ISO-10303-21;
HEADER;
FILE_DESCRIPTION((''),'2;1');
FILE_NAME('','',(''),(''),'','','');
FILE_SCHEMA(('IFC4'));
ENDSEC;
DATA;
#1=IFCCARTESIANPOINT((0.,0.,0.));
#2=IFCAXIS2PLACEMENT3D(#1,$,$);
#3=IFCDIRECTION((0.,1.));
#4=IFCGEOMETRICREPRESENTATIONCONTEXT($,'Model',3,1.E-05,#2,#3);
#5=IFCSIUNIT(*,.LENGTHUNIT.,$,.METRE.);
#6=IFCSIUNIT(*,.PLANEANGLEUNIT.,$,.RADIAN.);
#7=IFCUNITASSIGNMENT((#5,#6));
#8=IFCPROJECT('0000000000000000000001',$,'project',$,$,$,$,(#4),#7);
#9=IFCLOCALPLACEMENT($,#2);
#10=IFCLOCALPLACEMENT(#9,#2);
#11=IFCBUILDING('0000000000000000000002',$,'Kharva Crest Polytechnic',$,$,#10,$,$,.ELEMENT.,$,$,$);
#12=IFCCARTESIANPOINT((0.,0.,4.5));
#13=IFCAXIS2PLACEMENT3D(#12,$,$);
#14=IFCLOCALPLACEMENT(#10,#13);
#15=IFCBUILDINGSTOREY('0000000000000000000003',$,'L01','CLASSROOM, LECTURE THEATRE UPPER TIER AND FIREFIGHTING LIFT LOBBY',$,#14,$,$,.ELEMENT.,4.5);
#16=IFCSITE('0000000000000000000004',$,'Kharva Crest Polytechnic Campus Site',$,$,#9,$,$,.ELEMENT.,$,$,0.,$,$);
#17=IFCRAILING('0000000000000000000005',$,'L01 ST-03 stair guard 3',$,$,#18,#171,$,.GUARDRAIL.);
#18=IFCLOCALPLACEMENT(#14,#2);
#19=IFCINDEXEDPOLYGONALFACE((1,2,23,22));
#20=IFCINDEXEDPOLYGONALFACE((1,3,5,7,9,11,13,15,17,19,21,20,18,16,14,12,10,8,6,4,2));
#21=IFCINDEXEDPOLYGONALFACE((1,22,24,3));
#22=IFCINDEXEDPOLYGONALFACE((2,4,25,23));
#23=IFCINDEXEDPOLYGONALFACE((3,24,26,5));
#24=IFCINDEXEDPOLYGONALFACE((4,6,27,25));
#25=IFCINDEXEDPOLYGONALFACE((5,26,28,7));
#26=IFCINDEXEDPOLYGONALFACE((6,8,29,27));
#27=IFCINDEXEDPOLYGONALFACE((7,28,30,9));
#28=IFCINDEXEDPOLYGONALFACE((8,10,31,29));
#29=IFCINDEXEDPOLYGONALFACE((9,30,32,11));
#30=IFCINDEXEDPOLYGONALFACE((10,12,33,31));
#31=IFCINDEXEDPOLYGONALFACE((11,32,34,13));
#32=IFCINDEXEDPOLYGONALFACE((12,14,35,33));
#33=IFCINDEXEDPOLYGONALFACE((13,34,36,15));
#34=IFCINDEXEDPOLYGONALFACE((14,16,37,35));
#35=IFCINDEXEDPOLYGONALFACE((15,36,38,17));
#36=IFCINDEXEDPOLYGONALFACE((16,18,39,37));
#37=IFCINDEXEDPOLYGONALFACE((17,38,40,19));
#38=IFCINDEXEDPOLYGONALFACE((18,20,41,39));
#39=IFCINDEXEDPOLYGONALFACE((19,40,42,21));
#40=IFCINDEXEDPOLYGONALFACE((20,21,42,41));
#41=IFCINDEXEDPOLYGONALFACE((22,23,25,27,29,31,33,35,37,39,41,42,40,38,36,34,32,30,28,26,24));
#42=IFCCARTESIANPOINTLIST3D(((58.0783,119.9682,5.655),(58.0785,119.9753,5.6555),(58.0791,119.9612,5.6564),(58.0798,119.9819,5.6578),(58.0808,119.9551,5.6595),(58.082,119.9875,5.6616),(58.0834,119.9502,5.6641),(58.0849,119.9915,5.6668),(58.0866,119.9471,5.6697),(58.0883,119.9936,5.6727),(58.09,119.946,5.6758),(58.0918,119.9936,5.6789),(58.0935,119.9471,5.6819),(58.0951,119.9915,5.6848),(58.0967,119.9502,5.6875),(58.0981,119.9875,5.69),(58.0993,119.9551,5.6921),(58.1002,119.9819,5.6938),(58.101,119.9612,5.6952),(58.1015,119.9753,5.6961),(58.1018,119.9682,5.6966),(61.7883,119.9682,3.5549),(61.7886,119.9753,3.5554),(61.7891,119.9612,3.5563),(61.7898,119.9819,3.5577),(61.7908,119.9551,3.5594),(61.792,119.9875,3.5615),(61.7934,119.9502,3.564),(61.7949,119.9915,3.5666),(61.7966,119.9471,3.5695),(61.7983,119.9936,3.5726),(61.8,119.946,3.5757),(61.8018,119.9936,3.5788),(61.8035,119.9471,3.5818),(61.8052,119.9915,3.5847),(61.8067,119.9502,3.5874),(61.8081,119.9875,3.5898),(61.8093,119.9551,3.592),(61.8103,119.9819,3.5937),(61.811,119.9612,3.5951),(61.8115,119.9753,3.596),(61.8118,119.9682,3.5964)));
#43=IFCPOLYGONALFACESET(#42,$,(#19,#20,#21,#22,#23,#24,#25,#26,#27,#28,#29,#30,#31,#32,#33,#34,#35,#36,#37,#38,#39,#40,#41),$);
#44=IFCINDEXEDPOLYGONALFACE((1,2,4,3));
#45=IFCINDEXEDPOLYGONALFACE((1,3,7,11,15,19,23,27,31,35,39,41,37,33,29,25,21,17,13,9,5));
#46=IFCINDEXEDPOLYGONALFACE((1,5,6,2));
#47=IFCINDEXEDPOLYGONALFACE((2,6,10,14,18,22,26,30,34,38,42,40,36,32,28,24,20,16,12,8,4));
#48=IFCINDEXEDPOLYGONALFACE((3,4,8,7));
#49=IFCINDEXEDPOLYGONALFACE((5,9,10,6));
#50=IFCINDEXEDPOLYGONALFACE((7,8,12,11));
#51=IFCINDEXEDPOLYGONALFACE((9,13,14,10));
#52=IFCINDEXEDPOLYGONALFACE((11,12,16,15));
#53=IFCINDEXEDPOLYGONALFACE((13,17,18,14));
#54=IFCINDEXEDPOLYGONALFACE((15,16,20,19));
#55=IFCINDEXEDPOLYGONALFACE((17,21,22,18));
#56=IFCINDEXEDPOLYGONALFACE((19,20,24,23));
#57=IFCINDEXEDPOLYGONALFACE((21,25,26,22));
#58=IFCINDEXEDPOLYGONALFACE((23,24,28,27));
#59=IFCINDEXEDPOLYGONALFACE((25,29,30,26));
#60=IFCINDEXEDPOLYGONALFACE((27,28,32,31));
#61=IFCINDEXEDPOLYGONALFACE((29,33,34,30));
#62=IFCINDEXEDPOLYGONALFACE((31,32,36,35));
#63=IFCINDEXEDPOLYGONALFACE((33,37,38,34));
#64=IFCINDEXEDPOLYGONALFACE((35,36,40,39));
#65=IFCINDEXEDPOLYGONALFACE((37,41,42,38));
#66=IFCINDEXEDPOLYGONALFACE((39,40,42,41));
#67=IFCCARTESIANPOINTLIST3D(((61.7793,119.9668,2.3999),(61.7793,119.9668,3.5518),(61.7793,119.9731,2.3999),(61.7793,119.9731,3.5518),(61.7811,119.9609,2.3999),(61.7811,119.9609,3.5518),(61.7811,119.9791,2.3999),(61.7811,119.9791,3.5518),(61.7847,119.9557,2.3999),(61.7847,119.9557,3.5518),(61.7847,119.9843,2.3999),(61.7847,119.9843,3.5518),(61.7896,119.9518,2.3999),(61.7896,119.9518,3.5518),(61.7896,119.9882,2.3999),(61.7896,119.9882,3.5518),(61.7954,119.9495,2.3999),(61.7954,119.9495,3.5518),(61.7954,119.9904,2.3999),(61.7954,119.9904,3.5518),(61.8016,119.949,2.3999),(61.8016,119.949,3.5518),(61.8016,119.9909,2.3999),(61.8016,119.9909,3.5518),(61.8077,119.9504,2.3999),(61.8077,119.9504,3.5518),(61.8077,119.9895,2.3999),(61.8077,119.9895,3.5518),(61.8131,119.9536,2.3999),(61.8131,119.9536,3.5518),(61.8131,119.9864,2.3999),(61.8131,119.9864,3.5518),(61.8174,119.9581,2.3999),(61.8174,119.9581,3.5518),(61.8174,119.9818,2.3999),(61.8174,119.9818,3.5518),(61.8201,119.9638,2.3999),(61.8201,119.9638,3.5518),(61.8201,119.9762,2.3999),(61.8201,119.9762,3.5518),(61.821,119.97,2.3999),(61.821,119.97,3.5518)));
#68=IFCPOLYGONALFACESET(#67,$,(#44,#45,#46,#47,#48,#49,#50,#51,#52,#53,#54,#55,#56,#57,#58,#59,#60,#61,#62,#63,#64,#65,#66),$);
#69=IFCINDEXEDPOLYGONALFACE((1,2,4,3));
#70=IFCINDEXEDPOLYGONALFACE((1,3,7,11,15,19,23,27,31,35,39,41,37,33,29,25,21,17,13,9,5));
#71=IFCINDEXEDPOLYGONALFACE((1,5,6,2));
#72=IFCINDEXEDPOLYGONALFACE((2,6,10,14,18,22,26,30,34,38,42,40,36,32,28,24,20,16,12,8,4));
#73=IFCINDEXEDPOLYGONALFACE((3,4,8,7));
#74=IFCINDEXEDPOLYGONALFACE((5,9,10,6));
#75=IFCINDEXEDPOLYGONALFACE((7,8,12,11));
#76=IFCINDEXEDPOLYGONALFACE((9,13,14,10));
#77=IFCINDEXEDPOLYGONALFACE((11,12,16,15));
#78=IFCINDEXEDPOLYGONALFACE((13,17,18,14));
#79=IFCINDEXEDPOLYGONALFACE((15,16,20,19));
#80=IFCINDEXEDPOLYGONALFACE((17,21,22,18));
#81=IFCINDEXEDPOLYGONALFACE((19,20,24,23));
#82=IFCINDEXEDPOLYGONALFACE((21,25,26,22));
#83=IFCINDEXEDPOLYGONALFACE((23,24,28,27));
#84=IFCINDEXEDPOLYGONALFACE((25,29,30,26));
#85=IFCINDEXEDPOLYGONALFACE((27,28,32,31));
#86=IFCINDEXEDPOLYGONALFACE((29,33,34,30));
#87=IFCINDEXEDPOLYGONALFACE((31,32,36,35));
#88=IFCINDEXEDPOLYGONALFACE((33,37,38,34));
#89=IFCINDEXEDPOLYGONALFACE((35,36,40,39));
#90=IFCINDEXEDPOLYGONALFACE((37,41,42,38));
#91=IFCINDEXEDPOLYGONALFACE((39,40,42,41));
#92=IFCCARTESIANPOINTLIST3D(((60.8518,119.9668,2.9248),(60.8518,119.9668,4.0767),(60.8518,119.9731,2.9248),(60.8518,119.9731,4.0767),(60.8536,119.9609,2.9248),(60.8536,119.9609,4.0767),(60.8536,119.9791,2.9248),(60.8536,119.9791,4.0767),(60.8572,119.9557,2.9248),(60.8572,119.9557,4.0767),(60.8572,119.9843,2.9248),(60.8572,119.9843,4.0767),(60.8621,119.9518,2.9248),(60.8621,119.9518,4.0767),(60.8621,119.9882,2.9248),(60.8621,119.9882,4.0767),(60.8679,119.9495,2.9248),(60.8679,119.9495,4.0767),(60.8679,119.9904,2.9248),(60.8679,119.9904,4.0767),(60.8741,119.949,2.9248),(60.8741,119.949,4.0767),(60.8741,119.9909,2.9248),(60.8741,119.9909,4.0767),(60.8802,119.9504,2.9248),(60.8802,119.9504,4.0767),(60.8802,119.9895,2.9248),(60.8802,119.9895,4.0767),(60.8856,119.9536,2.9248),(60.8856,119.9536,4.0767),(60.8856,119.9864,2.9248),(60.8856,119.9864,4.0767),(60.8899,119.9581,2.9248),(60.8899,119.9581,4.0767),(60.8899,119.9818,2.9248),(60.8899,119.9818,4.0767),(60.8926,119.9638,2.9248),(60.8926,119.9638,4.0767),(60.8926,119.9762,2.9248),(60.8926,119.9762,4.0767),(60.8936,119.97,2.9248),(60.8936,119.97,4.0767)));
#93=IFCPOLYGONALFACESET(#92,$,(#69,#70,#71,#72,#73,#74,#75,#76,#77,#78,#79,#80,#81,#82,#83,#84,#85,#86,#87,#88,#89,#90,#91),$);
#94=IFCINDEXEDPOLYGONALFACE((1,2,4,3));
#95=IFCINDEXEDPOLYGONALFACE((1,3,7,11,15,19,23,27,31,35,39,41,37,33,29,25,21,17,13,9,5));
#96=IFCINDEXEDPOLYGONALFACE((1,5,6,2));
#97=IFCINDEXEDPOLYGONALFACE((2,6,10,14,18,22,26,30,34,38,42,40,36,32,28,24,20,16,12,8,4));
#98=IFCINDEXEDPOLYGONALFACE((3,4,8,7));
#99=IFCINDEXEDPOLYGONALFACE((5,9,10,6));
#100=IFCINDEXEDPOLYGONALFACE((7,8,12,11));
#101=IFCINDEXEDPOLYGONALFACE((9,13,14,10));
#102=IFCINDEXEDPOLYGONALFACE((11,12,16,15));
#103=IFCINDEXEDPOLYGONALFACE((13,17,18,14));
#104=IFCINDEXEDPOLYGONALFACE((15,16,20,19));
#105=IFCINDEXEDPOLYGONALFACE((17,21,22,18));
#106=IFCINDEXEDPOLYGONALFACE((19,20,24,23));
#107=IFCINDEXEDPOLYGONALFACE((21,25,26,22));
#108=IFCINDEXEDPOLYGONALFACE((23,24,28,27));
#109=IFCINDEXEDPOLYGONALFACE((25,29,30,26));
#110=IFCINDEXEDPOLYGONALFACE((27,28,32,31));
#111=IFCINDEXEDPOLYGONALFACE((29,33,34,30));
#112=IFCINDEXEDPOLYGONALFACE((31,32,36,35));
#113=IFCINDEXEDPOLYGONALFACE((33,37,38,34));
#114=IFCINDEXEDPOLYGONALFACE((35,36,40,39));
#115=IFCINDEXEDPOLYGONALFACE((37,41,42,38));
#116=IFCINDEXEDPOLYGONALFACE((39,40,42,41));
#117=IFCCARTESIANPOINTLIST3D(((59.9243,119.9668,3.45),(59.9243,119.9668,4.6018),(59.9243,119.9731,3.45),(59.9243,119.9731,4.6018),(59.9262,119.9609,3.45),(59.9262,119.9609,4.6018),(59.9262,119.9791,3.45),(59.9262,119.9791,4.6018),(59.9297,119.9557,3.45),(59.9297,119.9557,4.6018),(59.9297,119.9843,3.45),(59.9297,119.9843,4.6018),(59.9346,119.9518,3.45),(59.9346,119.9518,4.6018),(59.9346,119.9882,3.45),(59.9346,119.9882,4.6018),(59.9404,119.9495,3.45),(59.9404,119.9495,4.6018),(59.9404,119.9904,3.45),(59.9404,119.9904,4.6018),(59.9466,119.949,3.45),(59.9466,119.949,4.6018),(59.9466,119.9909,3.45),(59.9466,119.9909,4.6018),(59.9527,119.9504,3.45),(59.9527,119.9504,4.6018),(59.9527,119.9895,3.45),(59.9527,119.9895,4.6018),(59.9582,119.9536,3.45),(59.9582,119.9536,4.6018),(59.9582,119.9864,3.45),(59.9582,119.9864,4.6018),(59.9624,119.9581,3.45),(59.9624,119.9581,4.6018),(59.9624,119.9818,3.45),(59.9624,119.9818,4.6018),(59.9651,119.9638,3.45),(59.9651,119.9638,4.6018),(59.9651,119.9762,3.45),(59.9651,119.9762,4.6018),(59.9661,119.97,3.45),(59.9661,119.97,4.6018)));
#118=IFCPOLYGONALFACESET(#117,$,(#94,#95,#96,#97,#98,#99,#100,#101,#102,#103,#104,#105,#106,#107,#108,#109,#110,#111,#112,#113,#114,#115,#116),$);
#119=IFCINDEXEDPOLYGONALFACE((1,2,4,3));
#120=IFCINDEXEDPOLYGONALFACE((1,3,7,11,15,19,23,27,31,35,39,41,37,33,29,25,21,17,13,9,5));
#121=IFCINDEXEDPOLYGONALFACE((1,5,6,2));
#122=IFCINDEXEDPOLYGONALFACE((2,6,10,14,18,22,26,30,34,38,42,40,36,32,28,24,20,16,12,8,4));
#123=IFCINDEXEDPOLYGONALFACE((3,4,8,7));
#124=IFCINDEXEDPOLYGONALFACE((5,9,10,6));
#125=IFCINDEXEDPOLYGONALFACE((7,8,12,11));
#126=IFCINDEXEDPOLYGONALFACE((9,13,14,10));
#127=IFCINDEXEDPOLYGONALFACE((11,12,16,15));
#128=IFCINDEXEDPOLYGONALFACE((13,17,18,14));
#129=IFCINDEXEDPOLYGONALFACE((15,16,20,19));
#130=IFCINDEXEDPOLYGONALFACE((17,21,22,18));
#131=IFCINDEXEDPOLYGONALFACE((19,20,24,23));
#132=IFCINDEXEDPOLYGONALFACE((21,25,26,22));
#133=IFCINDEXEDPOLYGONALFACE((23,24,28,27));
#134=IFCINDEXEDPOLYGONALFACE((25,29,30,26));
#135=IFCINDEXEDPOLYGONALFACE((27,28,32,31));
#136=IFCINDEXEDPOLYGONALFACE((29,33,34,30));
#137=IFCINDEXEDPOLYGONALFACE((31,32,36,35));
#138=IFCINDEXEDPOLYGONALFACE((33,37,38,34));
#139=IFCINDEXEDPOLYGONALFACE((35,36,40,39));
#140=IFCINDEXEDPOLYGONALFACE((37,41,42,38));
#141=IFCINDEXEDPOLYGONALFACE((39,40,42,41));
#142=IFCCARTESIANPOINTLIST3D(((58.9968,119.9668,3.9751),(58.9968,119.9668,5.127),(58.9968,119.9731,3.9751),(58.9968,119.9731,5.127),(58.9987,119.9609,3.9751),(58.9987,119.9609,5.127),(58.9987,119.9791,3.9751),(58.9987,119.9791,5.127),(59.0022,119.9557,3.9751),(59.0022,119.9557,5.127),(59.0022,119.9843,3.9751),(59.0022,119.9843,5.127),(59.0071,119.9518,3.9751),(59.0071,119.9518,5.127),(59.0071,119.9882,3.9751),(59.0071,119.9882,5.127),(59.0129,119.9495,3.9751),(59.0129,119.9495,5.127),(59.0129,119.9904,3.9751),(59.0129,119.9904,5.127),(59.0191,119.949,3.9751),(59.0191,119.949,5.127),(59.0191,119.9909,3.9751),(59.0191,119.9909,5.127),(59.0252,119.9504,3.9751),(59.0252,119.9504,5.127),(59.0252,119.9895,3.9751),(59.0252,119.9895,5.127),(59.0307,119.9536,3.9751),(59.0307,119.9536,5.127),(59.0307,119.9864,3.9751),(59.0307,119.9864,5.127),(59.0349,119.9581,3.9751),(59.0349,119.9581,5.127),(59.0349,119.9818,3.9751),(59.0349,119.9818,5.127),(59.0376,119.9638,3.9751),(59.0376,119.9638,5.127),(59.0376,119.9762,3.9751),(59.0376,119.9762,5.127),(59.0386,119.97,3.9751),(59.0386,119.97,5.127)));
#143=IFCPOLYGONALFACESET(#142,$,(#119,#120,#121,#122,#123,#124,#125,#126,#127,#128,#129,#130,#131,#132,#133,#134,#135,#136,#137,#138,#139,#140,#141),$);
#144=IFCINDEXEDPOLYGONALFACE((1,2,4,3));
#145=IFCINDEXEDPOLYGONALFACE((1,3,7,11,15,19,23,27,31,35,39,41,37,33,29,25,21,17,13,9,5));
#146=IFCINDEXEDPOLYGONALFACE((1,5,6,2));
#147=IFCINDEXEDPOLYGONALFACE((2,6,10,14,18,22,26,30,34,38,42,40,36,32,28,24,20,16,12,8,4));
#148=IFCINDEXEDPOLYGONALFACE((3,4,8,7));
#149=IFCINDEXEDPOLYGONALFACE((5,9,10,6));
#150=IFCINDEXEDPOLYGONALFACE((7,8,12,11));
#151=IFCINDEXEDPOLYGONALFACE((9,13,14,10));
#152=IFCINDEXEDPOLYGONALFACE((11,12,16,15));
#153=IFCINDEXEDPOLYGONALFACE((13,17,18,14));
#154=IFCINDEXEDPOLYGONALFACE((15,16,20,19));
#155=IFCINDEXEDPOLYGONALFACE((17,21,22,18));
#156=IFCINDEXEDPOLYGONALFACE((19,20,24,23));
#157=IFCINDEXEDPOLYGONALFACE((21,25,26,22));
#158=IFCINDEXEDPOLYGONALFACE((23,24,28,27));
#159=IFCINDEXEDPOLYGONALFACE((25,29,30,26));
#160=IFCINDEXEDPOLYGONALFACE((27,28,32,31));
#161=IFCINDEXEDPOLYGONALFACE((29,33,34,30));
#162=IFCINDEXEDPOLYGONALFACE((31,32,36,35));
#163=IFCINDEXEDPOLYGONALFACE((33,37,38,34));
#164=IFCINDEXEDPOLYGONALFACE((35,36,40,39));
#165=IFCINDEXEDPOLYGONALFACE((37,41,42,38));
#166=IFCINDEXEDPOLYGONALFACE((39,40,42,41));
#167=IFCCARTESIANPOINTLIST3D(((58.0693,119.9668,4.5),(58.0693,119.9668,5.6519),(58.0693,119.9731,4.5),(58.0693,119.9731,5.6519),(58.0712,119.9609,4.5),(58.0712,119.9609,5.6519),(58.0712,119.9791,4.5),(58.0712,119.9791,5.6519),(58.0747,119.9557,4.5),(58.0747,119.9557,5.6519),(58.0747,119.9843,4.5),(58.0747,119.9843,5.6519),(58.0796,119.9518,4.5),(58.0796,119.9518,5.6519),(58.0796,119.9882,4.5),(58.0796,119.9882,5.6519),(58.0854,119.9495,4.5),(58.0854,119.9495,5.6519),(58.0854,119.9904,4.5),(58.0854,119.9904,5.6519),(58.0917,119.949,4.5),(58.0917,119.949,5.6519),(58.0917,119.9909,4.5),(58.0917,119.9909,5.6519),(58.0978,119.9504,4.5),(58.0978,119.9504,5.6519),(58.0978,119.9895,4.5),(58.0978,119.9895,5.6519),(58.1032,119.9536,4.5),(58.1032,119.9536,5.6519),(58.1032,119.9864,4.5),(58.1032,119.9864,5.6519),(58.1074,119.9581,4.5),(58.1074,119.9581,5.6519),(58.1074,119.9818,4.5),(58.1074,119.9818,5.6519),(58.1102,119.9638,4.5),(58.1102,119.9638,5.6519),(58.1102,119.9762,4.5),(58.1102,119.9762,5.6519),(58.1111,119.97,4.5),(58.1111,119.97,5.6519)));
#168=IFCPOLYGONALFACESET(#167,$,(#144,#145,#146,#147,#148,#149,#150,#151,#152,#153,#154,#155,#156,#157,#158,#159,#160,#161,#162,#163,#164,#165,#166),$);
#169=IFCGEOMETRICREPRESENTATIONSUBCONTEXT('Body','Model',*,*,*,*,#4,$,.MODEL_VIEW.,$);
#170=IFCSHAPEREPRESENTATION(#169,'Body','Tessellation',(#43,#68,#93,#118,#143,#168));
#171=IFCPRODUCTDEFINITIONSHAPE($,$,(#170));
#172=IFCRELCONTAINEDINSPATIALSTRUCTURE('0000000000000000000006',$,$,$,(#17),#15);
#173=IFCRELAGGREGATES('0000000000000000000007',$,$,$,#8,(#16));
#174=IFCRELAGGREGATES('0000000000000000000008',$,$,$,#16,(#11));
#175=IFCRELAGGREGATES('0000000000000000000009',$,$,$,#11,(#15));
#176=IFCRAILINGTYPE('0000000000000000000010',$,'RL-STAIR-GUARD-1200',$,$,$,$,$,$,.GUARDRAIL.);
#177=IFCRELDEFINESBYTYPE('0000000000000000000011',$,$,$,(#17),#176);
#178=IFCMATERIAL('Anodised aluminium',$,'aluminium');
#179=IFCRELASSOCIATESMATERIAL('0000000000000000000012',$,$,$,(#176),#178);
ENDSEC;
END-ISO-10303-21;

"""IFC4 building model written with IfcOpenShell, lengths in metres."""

from ifc_helpers import new_model, si_unit, direction, frame, origin, origin_2d, place, context, subcontext, project, spatial, circle, extrude, material, type_object, element, save


model = new_model("IFC4")

# Units and contexts
model_context = context("Model", 3, precision=1e-05, world=origin(), true_north=direction((0.0, 1.0)))
body_context = subcontext(model_context, "Body", "Model", "MODEL_VIEW")
ifc_project = project(units=[si_unit("LENGTHUNIT", "METRE"), si_unit("PLANEANGLEUNIT", "RADIAN")], contexts=[model_context])

# Site, building, storey
site_placement = place(None, origin())
site = spatial("IfcSite", under=ifc_project, at=site_placement, Name="Kharva Crest Polytechnic Campus Site", CompositionType="ELEMENT", RefElevation=0.0)
building_placement = place(site_placement, origin())
building = spatial("IfcBuilding", under=site, at=building_placement, Name="Kharva Crest Polytechnic", CompositionType="ELEMENT")
storey_placement = place(building_placement, frame((0.0, 0.0, 4.5)))
storey = spatial("IfcBuildingStorey", under=building, at=storey_placement, Name="L01", Description="CLASSROOM, LECTURE THEATRE UPPER TIER AND FIREFIGHTING LIFT LOBBY", CompositionType="ELEMENT", Elevation=4.5)

# Shared definitions
ifc_material_1 = material(Name="Anodised aluminium", Category="aluminium")

# Railing
railing_type_1 = type_object("IfcRailingType", Name="RL-STAIR-GUARD-1200", PredefinedType="GUARDRAIL", material=ifc_material_1)
railing_1_placement = place(storey_placement, frame((61.8, 119.97, 2.3999)))
element("IfcRailing", 1, at=railing_1_placement, inside=storey, type_object=railing_type_1, Name="L01 ST-03 stair guard 3", PredefinedType="GUARDRAIL", context=body_context, shape_type="SweptSolid", body=[
    extrude(circle(Radius=0.0239, at=origin_2d()), frame((0.0, 0.0, 1.1758), z_axis=(-0.870245, 0.0, 0.492619), x_axis=(0.0, -1.0, 0.0)), (0.0, 0.0, 1.0), 4.2632),
    extrude(circle(Radius=0.021, at=origin_2d()), origin(), (0.0, 0.0, 1.0), 1.1519),
    extrude(circle(Radius=0.021, at=origin_2d()), frame((-0.9275, 0.0, 0.5249)), (0.0, 0.0, 1.0), 1.1519),
    extrude(circle(Radius=0.021, at=origin_2d()), frame((-1.855, 0.0, 1.05)), (0.0, 0.0, 1.0), 1.1519),
    extrude(circle(Radius=0.021, at=origin_2d()), frame((-2.7825, 0.0, 1.5752)), (0.0, 0.0, 1.0), 1.1519),
    extrude(circle(Radius=0.021, at=origin_2d()), frame((-3.71, 0.0, 2.1001)), (0.0, 0.0, 1.0), 1.1519),
])

save(model, "model.ifc")
